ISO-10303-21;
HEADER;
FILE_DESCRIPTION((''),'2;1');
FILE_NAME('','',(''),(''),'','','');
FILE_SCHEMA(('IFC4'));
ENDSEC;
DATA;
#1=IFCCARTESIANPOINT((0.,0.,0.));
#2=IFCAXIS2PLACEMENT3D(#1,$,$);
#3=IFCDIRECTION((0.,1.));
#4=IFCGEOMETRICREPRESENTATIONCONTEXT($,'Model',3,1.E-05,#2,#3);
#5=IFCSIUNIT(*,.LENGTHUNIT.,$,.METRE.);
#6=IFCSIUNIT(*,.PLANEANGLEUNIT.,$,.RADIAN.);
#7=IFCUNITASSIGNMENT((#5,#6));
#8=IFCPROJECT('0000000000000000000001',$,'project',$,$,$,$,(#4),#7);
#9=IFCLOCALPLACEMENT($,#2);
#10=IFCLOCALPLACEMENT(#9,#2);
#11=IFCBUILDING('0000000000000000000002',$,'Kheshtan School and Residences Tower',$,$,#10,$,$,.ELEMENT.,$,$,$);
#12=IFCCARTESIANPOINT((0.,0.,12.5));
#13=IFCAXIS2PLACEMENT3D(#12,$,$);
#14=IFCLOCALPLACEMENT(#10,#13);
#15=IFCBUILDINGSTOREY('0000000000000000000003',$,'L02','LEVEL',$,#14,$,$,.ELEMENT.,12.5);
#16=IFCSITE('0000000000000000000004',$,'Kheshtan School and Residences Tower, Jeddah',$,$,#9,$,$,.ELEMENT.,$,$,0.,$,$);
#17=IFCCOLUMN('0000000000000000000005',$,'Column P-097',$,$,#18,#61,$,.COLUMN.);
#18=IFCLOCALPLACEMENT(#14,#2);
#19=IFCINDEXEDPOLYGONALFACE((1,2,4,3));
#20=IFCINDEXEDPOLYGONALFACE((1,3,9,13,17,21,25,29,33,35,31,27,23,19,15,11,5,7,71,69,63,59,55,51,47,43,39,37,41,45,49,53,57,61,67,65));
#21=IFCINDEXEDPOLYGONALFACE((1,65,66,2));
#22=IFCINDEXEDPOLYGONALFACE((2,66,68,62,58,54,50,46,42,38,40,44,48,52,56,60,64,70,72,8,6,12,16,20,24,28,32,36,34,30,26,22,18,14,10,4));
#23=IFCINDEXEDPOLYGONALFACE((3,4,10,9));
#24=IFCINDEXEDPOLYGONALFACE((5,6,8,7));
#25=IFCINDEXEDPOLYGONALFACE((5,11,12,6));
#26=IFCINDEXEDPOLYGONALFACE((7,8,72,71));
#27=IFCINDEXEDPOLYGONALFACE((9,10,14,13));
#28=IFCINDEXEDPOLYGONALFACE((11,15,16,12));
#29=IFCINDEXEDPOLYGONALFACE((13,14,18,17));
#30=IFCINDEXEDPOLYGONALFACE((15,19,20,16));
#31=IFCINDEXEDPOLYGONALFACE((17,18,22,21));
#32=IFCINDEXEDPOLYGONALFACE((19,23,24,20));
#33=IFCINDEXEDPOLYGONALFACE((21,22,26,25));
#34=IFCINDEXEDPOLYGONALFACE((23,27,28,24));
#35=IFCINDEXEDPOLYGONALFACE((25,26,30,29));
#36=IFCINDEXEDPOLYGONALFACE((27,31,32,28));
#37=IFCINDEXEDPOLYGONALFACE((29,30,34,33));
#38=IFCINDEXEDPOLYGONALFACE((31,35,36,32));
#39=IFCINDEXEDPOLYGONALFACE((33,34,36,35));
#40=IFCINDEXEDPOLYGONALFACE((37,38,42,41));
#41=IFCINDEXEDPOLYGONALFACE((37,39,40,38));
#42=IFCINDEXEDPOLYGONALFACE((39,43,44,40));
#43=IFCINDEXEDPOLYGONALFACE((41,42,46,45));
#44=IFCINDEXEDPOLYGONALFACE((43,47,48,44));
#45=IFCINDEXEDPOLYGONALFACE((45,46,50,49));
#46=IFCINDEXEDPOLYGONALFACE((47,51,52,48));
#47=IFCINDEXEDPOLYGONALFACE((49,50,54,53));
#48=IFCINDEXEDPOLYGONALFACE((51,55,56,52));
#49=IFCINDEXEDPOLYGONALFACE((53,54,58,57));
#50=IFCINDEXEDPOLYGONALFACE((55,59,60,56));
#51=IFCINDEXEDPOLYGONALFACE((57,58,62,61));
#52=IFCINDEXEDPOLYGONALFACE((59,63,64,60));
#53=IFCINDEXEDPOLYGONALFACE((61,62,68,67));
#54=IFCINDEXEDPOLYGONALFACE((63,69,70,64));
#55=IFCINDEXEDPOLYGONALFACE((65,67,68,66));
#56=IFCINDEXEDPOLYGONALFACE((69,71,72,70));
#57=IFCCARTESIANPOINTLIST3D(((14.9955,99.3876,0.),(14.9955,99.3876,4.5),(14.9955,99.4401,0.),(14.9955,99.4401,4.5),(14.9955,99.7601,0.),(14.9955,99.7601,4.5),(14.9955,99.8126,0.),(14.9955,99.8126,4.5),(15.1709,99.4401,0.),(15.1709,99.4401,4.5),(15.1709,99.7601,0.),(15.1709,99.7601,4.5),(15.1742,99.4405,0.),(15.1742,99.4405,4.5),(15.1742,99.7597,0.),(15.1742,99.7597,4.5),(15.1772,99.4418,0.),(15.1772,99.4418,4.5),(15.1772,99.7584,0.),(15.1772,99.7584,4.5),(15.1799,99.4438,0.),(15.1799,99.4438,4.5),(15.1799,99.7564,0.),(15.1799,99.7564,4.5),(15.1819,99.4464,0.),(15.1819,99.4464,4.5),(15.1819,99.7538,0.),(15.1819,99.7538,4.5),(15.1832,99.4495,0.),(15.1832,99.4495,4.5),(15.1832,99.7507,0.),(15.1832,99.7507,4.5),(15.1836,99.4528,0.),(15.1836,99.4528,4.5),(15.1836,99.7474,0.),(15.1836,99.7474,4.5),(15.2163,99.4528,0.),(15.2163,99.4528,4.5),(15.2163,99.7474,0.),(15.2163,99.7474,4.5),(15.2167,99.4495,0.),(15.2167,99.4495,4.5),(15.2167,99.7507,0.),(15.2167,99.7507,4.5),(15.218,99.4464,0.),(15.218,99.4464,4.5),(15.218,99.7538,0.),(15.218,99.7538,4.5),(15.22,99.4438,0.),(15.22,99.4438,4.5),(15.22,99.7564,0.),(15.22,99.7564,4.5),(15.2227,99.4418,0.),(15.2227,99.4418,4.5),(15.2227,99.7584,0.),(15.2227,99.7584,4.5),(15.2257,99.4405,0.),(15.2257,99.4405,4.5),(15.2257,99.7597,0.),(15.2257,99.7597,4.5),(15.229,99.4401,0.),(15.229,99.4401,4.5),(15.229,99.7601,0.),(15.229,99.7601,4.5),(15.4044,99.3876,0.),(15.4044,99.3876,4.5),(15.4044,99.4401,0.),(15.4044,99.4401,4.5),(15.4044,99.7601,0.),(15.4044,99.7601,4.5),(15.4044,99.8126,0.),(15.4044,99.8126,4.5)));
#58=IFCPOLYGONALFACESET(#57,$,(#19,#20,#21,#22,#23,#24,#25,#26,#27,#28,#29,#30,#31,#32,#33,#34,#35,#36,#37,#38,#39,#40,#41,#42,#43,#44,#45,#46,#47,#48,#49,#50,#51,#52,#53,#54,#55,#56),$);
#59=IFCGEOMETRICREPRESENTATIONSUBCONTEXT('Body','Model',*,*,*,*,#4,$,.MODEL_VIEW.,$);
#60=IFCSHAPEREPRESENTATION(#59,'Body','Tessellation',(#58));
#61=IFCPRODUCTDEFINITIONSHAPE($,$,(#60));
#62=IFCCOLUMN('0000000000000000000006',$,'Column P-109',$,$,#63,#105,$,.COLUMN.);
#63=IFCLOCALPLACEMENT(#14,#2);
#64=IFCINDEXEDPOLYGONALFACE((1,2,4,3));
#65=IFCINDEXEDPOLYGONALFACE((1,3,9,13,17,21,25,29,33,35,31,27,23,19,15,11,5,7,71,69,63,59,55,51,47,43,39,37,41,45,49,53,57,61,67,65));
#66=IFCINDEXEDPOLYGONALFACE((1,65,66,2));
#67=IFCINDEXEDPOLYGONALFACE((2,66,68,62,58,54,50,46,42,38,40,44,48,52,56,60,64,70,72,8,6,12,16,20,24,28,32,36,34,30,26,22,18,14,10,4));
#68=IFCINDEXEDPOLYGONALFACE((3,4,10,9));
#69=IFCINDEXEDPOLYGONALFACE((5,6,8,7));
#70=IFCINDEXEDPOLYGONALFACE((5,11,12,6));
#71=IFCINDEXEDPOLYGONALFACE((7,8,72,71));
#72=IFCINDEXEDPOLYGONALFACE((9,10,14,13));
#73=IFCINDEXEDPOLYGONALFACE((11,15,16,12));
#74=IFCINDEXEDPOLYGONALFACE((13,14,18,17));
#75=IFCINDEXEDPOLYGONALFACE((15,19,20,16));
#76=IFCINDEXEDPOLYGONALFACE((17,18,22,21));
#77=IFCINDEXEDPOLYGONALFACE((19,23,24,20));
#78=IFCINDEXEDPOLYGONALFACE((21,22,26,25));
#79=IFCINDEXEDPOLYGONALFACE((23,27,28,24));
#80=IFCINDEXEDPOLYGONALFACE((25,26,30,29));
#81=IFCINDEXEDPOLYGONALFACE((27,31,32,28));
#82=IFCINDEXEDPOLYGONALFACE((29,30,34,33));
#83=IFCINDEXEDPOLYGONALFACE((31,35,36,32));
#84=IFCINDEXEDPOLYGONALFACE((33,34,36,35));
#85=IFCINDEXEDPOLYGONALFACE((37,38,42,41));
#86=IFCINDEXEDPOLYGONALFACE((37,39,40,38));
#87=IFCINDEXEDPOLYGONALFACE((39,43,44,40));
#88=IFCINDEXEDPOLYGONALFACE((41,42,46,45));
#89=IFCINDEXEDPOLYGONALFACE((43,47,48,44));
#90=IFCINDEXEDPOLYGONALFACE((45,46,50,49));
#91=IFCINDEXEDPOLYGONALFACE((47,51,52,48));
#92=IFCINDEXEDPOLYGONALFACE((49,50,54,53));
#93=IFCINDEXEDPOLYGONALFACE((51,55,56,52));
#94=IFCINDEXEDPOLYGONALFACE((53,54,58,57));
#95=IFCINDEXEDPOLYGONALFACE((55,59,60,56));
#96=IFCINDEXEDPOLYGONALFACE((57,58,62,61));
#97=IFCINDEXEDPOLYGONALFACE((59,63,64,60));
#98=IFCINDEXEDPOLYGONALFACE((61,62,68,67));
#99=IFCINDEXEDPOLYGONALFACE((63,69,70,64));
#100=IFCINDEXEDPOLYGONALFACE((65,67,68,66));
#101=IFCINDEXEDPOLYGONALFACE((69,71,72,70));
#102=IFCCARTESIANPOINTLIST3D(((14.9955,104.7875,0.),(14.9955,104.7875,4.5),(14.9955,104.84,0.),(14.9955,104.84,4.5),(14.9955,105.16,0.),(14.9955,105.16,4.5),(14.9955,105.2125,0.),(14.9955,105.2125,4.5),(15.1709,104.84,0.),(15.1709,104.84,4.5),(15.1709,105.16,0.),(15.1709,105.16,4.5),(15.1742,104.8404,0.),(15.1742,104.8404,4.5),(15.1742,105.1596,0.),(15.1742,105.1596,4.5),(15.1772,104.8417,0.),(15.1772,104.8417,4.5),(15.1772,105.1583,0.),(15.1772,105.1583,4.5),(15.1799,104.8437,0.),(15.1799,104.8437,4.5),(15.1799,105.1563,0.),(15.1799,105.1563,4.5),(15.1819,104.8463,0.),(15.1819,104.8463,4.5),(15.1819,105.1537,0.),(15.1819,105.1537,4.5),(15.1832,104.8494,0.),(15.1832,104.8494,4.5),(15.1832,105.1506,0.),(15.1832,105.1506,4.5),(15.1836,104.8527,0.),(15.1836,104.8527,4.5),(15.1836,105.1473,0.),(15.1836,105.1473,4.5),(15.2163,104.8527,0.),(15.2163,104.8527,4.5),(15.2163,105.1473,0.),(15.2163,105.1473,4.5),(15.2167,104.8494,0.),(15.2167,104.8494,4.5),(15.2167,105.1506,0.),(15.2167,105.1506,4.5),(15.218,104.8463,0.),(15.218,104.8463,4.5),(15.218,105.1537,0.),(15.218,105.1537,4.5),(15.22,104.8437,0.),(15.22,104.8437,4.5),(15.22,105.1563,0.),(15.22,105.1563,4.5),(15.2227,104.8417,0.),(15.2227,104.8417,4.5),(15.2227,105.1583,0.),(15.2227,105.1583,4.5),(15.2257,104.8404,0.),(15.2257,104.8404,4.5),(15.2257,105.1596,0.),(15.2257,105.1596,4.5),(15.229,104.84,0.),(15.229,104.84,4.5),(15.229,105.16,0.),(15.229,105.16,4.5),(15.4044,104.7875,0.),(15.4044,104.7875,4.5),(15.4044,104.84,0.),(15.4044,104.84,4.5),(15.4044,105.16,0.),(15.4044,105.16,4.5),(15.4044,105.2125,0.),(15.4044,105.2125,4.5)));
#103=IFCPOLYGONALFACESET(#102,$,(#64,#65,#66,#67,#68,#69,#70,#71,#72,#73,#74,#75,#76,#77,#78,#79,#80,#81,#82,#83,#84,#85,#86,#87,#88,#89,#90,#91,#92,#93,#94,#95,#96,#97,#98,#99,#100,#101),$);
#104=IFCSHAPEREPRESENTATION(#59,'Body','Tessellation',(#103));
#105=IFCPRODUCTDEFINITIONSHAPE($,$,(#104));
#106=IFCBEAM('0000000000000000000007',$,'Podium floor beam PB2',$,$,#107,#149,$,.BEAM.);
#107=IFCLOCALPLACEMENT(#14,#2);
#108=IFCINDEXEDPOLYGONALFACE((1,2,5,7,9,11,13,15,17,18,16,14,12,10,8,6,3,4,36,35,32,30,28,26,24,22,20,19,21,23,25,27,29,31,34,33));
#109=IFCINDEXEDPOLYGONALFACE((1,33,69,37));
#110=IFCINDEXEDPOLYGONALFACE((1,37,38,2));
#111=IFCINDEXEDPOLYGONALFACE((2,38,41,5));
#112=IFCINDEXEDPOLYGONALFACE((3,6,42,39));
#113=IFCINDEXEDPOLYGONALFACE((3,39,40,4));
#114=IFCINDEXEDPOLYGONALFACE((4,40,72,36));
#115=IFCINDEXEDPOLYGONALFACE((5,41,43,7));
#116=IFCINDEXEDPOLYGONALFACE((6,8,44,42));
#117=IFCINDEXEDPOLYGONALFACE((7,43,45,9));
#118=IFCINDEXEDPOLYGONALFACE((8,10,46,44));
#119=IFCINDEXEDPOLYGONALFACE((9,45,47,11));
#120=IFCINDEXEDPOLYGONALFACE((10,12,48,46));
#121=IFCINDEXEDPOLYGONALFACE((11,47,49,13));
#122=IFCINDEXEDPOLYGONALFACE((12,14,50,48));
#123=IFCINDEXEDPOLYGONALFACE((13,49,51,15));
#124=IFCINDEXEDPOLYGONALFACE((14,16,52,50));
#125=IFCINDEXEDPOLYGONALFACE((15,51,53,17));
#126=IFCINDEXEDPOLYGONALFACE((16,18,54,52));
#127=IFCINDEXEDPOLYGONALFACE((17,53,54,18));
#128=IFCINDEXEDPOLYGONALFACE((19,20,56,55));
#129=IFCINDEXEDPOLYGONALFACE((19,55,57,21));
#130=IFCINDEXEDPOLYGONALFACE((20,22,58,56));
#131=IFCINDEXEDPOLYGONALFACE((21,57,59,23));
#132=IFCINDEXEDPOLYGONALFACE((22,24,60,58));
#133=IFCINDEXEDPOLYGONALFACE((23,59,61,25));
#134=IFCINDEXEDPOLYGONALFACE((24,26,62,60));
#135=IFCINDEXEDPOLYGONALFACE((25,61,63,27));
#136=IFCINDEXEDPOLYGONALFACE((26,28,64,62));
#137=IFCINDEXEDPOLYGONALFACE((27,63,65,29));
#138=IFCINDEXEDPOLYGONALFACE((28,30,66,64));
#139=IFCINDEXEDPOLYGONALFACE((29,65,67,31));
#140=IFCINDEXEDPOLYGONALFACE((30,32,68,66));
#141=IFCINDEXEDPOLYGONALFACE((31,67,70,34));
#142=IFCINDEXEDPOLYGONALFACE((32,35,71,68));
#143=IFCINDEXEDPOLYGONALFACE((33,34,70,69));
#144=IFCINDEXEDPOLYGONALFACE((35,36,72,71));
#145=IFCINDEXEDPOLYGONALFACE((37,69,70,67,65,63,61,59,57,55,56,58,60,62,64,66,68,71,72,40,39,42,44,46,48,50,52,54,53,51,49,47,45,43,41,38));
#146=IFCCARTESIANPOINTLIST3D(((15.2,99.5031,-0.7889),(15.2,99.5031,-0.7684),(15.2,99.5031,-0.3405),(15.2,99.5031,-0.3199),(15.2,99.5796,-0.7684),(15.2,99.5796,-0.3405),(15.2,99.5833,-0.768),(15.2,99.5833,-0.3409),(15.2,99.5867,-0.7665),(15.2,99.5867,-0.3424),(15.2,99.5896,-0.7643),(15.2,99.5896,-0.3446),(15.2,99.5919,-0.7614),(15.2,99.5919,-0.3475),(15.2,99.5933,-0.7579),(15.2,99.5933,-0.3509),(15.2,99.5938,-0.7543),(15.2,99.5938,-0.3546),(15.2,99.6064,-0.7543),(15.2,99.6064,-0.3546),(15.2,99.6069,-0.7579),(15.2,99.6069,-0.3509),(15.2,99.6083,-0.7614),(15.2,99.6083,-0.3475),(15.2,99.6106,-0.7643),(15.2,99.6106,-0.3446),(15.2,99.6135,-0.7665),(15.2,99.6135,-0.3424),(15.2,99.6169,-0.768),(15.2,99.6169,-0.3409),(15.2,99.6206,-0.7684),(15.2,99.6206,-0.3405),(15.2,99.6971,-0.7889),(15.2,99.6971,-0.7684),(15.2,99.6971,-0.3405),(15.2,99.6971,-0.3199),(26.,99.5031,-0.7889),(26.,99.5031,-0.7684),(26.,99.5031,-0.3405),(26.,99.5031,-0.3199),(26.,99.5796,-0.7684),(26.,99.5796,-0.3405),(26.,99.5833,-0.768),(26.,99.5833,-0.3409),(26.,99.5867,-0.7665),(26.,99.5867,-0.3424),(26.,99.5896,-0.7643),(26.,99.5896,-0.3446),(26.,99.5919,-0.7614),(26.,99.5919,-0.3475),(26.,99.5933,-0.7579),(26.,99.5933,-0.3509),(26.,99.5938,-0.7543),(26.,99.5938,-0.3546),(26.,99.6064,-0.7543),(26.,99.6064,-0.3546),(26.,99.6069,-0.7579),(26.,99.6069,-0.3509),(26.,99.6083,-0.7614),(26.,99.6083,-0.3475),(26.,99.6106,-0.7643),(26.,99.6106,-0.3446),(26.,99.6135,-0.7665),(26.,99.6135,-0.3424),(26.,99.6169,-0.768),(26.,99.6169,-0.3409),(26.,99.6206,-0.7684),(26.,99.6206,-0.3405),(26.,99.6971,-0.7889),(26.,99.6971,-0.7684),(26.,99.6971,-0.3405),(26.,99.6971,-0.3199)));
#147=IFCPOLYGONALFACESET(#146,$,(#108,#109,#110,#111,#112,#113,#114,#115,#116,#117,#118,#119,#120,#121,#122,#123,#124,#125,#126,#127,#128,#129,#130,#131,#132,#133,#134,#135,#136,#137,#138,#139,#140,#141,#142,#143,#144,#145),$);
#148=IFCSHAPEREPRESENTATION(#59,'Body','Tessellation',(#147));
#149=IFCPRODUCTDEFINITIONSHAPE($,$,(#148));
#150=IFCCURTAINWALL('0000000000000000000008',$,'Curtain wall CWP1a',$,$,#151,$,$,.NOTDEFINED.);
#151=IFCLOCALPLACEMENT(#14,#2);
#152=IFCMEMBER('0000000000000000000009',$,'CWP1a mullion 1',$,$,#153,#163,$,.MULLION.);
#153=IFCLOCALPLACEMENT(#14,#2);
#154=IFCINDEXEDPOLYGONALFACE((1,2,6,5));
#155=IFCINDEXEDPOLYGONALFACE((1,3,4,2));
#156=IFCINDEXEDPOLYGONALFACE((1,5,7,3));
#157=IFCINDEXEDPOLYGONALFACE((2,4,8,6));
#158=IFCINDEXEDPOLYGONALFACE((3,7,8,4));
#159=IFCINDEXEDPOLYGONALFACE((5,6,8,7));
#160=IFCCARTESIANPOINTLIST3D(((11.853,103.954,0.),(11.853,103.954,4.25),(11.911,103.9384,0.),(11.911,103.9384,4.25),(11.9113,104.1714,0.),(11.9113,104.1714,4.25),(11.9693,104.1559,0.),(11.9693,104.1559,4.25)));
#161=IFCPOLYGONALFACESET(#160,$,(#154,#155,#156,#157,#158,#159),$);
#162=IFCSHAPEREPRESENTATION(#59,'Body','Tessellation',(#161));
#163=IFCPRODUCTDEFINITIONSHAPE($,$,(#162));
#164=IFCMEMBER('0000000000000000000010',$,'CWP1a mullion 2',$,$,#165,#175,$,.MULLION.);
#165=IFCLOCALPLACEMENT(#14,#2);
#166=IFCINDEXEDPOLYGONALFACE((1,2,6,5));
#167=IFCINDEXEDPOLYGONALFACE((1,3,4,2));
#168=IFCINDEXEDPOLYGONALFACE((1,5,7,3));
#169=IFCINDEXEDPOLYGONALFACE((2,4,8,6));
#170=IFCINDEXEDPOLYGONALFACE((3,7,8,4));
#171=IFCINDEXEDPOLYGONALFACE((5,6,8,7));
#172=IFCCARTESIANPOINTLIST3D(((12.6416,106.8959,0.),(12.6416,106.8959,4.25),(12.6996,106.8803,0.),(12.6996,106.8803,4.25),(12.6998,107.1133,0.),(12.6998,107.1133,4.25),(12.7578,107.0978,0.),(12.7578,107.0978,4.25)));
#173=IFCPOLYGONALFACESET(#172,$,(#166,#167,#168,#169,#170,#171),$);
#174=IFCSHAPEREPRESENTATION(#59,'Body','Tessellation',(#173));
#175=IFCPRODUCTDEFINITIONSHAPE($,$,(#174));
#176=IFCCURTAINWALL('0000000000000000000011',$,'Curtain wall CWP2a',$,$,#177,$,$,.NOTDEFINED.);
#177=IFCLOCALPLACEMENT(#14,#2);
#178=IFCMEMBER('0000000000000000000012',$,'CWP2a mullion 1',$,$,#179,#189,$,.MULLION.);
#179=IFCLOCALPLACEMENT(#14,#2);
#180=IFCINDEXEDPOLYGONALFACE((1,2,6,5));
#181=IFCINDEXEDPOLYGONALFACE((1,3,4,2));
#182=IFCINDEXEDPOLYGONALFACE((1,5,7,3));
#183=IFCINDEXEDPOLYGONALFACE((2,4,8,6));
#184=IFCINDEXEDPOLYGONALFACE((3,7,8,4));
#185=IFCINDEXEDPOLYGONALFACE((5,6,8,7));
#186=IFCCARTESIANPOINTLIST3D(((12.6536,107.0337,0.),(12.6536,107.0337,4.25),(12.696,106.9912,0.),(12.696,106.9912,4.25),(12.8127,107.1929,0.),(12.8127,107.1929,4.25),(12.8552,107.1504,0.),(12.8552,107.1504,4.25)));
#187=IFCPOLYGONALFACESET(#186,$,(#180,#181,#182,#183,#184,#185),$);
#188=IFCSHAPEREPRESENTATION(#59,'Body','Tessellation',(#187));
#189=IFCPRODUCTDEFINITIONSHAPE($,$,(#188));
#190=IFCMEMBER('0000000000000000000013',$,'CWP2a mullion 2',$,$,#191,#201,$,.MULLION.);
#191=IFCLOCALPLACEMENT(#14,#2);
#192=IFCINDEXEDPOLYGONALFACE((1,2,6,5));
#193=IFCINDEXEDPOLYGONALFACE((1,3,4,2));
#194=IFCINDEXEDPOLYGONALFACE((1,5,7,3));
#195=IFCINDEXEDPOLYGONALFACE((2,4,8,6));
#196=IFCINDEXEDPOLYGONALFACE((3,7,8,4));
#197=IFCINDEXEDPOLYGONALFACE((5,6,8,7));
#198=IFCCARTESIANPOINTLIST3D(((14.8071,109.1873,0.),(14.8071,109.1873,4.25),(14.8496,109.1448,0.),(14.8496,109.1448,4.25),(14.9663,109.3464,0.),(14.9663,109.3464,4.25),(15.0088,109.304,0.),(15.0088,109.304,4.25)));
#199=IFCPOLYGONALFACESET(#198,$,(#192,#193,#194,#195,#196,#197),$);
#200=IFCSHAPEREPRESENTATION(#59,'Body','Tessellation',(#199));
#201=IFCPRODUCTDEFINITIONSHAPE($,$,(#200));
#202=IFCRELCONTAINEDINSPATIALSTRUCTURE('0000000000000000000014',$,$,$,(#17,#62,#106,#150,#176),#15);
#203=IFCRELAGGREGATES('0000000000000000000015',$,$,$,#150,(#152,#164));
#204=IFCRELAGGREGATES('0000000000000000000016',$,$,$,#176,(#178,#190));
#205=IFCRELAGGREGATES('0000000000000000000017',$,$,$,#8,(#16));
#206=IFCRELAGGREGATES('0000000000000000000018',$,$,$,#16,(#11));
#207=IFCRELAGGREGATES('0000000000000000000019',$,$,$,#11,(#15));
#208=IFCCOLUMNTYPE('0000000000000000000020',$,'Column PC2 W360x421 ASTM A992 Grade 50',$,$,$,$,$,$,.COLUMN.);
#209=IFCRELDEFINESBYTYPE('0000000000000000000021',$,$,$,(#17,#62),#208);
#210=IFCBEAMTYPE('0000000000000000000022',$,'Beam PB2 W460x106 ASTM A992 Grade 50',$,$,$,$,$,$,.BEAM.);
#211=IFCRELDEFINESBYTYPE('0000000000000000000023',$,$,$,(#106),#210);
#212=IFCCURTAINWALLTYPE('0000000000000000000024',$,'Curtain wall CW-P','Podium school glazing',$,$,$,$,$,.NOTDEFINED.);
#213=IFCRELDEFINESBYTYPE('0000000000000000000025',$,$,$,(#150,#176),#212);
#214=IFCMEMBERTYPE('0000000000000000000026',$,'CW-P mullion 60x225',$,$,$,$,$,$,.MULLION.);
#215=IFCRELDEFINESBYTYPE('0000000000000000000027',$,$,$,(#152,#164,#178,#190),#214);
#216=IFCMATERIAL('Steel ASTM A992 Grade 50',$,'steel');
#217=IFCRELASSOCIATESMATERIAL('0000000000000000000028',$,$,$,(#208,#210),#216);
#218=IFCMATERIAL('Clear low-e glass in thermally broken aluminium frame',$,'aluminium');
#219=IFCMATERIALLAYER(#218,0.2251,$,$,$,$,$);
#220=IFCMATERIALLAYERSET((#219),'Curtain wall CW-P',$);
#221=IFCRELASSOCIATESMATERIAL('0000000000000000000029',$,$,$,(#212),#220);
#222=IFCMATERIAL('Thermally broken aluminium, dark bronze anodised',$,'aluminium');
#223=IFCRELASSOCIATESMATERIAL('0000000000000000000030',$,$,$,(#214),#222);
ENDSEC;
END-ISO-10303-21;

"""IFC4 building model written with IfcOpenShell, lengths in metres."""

from ifc_helpers import new_model, si_unit, direction, frame, origin, origin_2d, place, context, subcontext, project, spatial, rectangle, i_section, extrude, material, layer, layer_set, material_profile, profile_set, type_object, element, aggregate, save


model = new_model("IFC4")

# Units and contexts
model_context = context("Model", 3, precision=1e-05, world=origin(), true_north=direction((0.0, 1.0)))
body_context = subcontext(model_context, "Body", "Model", "MODEL_VIEW")
ifc_project = project(units=[si_unit("LENGTHUNIT", "METRE"), si_unit("PLANEANGLEUNIT", "RADIAN")], contexts=[model_context])

# Site, building, storey
site_placement = place(None, origin())
site = spatial("IfcSite", under=ifc_project, at=site_placement, Name="Kheshtan School and Residences Tower, Jeddah", CompositionType="ELEMENT", RefElevation=0.0)
building_placement = place(site_placement, origin())
building = spatial("IfcBuilding", under=site, at=building_placement, Name="Kheshtan School and Residences Tower", CompositionType="ELEMENT")
storey_placement = place(building_placement, frame((0.0, 0.0, 12.5)))
storey = spatial("IfcBuildingStorey", under=building, at=storey_placement, Name="L02", Description="LEVEL", CompositionType="ELEMENT", Elevation=12.5)

# Columns
ifc_material_1 = material(Name="Steel ASTM A992 Grade 50", Category="steel")
ifc_material_profile_1 = material_profile(ifc_material_1, i_section(OverallWidth=0.4089, OverallDepth=0.425, WebThickness=0.0327, FlangeThickness=0.0525, FilletRadius=0.0127, at=origin_2d()), Name="W360x421")
ifc_profile_set_1 = profile_set([ifc_material_profile_1], Name="Steel ASTM A992 Grade 50")
column_type = type_object("IfcColumnType", Name="Column PC2 W360x421 ASTM A992 Grade 50", PredefinedType="COLUMN", material=ifc_profile_set_1)
for number, where, z_axis, x_axis, name in (
    (1, (15.2, 99.6001, 0.0), (0.0, 0.0, 1.0), (1.0, 0.0, 0.0), "Column P-097"),
    (2, (15.2, 105.0, 0.0), (0.0, 0.0, 1.0), (1.0, 0.0, 0.0), "Column P-109"),
):
    element("IfcColumn", number, at=place(storey_placement, frame(where, z_axis=z_axis, x_axis=x_axis)), inside=storey, type_object=column_type, Name=name, PredefinedType="COLUMN", context=body_context, shape_type="SweptSolid", body=[
        extrude(i_section(OverallWidth=0.4089, OverallDepth=0.425, WebThickness=0.0327, FlangeThickness=0.0525, FilletRadius=0.0127, at=origin_2d()), origin(), (0.0, 0.0, 1.0), 4.5),
    ])

# Beam
ifc_material_profile_2 = material_profile(ifc_material_1, i_section(OverallWidth=0.1941, OverallDepth=0.469, WebThickness=0.0127, FlangeThickness=0.0205, FilletRadius=0.0142, at=origin_2d()), Name="W460x106")
ifc_profile_set_2 = profile_set([ifc_material_profile_2], Name="Steel ASTM A992 Grade 50")
beam_type = type_object("IfcBeamType", Name="Beam PB2 W460x106 ASTM A992 Grade 50", PredefinedType="BEAM", material=ifc_profile_set_2)
beam_placement = place(storey_placement, frame((15.2, 99.6001, -0.5544), z_axis=(1.0, 0.0, 0.0), x_axis=(0.0, 1.0, 0.0)))
element("IfcBeam", 3, at=beam_placement, inside=storey, type_object=beam_type, Name="Podium floor beam PB2", PredefinedType="BEAM", context=body_context, shape_type="SweptSolid", body=[
    extrude(i_section(OverallWidth=0.1941, OverallDepth=0.469, WebThickness=0.0127, FlangeThickness=0.0205, FilletRadius=0.0142, at=origin_2d()), origin(), (0.0, 0.0, 1.0), 10.8),
])

# Curtain walls, members
ifc_material_2 = material(Name="Clear low-e glass in thermally broken aluminium frame", Category="aluminium")
ifc_layer_1 = layer(ifc_material_2, 0.2251)
ifc_layer_set_1 = layer_set([ifc_layer_1], Name="Curtain wall CW-P")
curtain_wall_type = type_object("IfcCurtainWallType", Name="Curtain wall CW-P", Description="Podium school glazing", PredefinedType="NOTDEFINED", material=ifc_layer_set_1)
curtain_wall_1_placement = place(storey_placement, origin())
curtain_wall_1 = element("IfcCurtainWall", 4, at=curtain_wall_1_placement, inside=storey, type_object=curtain_wall_type, Name="Curtain wall CWP1a", PredefinedType="NOTDEFINED")
ifc_material_3 = material(Name="Thermally broken aluminium, dark bronze anodised", Category="aluminium")
ifc_material_profile_3 = material_profile(ifc_material_3, rectangle(XDim=0.0601, YDim=0.2251, at=origin_2d()), Name="CW-P mullion 60x225")
ifc_profile_set_3 = profile_set([ifc_material_profile_3], Name="Thermally broken aluminium, dark bronze anodised")
member_type_1 = type_object("IfcMemberType", Name="CW-P mullion 60x225", PredefinedType="MULLION", material=ifc_profile_set_3)
member_1_placement = place(storey_placement, frame((11.9111, 104.0549, 0.0), z_axis=(0.0, 0.0, 1.0), x_axis=(-0.965914, 0.258865, 0.0)))
member_1 = element("IfcMember", 5, at=member_1_placement, type_object=member_type_1, Name="CWP1a mullion 1", PredefinedType="MULLION", context=body_context, shape_type="SweptSolid", body=[
    extrude(rectangle(XDim=0.0601, YDim=0.2251, at=origin_2d()), origin(), (0.0, 0.0, 1.0), 4.25),
])
member_2_placement = place(storey_placement, frame((12.6997, 106.9968, 0.0), z_axis=(0.0, 0.0, 1.0), x_axis=(-0.965914, 0.258865, 0.0)))
member_2 = element("IfcMember", 6, at=member_2_placement, type_object=member_type_1, Name="CWP1a mullion 2", PredefinedType="MULLION", context=body_context, shape_type="SweptSolid", body=[
    extrude(rectangle(XDim=0.0601, YDim=0.2251, at=origin_2d()), origin(), (0.0, 0.0, 1.0), 4.25),
])
curtain_wall_2_placement = place(storey_placement, origin())
curtain_wall_2 = element("IfcCurtainWall", 7, at=curtain_wall_2_placement, inside=storey, type_object=curtain_wall_type, Name="Curtain wall CWP2a", PredefinedType="NOTDEFINED")
member_3_placement = place(storey_placement, frame((12.7544, 107.092, 0.0), z_axis=(0.0, 0.0, 1.0), x_axis=(-0.707107, 0.707107, 0.0)))
member_3 = element("IfcMember", 8, at=member_3_placement, type_object=member_type_1, Name="CWP2a mullion 1", PredefinedType="MULLION", context=body_context, shape_type="SweptSolid", body=[
    extrude(rectangle(XDim=0.0601, YDim=0.2251, at=origin_2d()), origin(), (0.0, 0.0, 1.0), 4.25),
])
member_4_placement = place(storey_placement, frame((14.908, 109.2456, 0.0), z_axis=(0.0, 0.0, 1.0), x_axis=(-0.707107, 0.707107, 0.0)))
member_4 = element("IfcMember", 9, at=member_4_placement, type_object=member_type_1, Name="CWP2a mullion 2", PredefinedType="MULLION", context=body_context, shape_type="SweptSolid", body=[
    extrude(rectangle(XDim=0.0601, YDim=0.2251, at=origin_2d()), origin(), (0.0, 0.0, 1.0), 4.25),
])

aggregate(curtain_wall_1, [member_1, member_2])
aggregate(curtain_wall_2, [member_3, member_4])

save(model, "model.ifc")
